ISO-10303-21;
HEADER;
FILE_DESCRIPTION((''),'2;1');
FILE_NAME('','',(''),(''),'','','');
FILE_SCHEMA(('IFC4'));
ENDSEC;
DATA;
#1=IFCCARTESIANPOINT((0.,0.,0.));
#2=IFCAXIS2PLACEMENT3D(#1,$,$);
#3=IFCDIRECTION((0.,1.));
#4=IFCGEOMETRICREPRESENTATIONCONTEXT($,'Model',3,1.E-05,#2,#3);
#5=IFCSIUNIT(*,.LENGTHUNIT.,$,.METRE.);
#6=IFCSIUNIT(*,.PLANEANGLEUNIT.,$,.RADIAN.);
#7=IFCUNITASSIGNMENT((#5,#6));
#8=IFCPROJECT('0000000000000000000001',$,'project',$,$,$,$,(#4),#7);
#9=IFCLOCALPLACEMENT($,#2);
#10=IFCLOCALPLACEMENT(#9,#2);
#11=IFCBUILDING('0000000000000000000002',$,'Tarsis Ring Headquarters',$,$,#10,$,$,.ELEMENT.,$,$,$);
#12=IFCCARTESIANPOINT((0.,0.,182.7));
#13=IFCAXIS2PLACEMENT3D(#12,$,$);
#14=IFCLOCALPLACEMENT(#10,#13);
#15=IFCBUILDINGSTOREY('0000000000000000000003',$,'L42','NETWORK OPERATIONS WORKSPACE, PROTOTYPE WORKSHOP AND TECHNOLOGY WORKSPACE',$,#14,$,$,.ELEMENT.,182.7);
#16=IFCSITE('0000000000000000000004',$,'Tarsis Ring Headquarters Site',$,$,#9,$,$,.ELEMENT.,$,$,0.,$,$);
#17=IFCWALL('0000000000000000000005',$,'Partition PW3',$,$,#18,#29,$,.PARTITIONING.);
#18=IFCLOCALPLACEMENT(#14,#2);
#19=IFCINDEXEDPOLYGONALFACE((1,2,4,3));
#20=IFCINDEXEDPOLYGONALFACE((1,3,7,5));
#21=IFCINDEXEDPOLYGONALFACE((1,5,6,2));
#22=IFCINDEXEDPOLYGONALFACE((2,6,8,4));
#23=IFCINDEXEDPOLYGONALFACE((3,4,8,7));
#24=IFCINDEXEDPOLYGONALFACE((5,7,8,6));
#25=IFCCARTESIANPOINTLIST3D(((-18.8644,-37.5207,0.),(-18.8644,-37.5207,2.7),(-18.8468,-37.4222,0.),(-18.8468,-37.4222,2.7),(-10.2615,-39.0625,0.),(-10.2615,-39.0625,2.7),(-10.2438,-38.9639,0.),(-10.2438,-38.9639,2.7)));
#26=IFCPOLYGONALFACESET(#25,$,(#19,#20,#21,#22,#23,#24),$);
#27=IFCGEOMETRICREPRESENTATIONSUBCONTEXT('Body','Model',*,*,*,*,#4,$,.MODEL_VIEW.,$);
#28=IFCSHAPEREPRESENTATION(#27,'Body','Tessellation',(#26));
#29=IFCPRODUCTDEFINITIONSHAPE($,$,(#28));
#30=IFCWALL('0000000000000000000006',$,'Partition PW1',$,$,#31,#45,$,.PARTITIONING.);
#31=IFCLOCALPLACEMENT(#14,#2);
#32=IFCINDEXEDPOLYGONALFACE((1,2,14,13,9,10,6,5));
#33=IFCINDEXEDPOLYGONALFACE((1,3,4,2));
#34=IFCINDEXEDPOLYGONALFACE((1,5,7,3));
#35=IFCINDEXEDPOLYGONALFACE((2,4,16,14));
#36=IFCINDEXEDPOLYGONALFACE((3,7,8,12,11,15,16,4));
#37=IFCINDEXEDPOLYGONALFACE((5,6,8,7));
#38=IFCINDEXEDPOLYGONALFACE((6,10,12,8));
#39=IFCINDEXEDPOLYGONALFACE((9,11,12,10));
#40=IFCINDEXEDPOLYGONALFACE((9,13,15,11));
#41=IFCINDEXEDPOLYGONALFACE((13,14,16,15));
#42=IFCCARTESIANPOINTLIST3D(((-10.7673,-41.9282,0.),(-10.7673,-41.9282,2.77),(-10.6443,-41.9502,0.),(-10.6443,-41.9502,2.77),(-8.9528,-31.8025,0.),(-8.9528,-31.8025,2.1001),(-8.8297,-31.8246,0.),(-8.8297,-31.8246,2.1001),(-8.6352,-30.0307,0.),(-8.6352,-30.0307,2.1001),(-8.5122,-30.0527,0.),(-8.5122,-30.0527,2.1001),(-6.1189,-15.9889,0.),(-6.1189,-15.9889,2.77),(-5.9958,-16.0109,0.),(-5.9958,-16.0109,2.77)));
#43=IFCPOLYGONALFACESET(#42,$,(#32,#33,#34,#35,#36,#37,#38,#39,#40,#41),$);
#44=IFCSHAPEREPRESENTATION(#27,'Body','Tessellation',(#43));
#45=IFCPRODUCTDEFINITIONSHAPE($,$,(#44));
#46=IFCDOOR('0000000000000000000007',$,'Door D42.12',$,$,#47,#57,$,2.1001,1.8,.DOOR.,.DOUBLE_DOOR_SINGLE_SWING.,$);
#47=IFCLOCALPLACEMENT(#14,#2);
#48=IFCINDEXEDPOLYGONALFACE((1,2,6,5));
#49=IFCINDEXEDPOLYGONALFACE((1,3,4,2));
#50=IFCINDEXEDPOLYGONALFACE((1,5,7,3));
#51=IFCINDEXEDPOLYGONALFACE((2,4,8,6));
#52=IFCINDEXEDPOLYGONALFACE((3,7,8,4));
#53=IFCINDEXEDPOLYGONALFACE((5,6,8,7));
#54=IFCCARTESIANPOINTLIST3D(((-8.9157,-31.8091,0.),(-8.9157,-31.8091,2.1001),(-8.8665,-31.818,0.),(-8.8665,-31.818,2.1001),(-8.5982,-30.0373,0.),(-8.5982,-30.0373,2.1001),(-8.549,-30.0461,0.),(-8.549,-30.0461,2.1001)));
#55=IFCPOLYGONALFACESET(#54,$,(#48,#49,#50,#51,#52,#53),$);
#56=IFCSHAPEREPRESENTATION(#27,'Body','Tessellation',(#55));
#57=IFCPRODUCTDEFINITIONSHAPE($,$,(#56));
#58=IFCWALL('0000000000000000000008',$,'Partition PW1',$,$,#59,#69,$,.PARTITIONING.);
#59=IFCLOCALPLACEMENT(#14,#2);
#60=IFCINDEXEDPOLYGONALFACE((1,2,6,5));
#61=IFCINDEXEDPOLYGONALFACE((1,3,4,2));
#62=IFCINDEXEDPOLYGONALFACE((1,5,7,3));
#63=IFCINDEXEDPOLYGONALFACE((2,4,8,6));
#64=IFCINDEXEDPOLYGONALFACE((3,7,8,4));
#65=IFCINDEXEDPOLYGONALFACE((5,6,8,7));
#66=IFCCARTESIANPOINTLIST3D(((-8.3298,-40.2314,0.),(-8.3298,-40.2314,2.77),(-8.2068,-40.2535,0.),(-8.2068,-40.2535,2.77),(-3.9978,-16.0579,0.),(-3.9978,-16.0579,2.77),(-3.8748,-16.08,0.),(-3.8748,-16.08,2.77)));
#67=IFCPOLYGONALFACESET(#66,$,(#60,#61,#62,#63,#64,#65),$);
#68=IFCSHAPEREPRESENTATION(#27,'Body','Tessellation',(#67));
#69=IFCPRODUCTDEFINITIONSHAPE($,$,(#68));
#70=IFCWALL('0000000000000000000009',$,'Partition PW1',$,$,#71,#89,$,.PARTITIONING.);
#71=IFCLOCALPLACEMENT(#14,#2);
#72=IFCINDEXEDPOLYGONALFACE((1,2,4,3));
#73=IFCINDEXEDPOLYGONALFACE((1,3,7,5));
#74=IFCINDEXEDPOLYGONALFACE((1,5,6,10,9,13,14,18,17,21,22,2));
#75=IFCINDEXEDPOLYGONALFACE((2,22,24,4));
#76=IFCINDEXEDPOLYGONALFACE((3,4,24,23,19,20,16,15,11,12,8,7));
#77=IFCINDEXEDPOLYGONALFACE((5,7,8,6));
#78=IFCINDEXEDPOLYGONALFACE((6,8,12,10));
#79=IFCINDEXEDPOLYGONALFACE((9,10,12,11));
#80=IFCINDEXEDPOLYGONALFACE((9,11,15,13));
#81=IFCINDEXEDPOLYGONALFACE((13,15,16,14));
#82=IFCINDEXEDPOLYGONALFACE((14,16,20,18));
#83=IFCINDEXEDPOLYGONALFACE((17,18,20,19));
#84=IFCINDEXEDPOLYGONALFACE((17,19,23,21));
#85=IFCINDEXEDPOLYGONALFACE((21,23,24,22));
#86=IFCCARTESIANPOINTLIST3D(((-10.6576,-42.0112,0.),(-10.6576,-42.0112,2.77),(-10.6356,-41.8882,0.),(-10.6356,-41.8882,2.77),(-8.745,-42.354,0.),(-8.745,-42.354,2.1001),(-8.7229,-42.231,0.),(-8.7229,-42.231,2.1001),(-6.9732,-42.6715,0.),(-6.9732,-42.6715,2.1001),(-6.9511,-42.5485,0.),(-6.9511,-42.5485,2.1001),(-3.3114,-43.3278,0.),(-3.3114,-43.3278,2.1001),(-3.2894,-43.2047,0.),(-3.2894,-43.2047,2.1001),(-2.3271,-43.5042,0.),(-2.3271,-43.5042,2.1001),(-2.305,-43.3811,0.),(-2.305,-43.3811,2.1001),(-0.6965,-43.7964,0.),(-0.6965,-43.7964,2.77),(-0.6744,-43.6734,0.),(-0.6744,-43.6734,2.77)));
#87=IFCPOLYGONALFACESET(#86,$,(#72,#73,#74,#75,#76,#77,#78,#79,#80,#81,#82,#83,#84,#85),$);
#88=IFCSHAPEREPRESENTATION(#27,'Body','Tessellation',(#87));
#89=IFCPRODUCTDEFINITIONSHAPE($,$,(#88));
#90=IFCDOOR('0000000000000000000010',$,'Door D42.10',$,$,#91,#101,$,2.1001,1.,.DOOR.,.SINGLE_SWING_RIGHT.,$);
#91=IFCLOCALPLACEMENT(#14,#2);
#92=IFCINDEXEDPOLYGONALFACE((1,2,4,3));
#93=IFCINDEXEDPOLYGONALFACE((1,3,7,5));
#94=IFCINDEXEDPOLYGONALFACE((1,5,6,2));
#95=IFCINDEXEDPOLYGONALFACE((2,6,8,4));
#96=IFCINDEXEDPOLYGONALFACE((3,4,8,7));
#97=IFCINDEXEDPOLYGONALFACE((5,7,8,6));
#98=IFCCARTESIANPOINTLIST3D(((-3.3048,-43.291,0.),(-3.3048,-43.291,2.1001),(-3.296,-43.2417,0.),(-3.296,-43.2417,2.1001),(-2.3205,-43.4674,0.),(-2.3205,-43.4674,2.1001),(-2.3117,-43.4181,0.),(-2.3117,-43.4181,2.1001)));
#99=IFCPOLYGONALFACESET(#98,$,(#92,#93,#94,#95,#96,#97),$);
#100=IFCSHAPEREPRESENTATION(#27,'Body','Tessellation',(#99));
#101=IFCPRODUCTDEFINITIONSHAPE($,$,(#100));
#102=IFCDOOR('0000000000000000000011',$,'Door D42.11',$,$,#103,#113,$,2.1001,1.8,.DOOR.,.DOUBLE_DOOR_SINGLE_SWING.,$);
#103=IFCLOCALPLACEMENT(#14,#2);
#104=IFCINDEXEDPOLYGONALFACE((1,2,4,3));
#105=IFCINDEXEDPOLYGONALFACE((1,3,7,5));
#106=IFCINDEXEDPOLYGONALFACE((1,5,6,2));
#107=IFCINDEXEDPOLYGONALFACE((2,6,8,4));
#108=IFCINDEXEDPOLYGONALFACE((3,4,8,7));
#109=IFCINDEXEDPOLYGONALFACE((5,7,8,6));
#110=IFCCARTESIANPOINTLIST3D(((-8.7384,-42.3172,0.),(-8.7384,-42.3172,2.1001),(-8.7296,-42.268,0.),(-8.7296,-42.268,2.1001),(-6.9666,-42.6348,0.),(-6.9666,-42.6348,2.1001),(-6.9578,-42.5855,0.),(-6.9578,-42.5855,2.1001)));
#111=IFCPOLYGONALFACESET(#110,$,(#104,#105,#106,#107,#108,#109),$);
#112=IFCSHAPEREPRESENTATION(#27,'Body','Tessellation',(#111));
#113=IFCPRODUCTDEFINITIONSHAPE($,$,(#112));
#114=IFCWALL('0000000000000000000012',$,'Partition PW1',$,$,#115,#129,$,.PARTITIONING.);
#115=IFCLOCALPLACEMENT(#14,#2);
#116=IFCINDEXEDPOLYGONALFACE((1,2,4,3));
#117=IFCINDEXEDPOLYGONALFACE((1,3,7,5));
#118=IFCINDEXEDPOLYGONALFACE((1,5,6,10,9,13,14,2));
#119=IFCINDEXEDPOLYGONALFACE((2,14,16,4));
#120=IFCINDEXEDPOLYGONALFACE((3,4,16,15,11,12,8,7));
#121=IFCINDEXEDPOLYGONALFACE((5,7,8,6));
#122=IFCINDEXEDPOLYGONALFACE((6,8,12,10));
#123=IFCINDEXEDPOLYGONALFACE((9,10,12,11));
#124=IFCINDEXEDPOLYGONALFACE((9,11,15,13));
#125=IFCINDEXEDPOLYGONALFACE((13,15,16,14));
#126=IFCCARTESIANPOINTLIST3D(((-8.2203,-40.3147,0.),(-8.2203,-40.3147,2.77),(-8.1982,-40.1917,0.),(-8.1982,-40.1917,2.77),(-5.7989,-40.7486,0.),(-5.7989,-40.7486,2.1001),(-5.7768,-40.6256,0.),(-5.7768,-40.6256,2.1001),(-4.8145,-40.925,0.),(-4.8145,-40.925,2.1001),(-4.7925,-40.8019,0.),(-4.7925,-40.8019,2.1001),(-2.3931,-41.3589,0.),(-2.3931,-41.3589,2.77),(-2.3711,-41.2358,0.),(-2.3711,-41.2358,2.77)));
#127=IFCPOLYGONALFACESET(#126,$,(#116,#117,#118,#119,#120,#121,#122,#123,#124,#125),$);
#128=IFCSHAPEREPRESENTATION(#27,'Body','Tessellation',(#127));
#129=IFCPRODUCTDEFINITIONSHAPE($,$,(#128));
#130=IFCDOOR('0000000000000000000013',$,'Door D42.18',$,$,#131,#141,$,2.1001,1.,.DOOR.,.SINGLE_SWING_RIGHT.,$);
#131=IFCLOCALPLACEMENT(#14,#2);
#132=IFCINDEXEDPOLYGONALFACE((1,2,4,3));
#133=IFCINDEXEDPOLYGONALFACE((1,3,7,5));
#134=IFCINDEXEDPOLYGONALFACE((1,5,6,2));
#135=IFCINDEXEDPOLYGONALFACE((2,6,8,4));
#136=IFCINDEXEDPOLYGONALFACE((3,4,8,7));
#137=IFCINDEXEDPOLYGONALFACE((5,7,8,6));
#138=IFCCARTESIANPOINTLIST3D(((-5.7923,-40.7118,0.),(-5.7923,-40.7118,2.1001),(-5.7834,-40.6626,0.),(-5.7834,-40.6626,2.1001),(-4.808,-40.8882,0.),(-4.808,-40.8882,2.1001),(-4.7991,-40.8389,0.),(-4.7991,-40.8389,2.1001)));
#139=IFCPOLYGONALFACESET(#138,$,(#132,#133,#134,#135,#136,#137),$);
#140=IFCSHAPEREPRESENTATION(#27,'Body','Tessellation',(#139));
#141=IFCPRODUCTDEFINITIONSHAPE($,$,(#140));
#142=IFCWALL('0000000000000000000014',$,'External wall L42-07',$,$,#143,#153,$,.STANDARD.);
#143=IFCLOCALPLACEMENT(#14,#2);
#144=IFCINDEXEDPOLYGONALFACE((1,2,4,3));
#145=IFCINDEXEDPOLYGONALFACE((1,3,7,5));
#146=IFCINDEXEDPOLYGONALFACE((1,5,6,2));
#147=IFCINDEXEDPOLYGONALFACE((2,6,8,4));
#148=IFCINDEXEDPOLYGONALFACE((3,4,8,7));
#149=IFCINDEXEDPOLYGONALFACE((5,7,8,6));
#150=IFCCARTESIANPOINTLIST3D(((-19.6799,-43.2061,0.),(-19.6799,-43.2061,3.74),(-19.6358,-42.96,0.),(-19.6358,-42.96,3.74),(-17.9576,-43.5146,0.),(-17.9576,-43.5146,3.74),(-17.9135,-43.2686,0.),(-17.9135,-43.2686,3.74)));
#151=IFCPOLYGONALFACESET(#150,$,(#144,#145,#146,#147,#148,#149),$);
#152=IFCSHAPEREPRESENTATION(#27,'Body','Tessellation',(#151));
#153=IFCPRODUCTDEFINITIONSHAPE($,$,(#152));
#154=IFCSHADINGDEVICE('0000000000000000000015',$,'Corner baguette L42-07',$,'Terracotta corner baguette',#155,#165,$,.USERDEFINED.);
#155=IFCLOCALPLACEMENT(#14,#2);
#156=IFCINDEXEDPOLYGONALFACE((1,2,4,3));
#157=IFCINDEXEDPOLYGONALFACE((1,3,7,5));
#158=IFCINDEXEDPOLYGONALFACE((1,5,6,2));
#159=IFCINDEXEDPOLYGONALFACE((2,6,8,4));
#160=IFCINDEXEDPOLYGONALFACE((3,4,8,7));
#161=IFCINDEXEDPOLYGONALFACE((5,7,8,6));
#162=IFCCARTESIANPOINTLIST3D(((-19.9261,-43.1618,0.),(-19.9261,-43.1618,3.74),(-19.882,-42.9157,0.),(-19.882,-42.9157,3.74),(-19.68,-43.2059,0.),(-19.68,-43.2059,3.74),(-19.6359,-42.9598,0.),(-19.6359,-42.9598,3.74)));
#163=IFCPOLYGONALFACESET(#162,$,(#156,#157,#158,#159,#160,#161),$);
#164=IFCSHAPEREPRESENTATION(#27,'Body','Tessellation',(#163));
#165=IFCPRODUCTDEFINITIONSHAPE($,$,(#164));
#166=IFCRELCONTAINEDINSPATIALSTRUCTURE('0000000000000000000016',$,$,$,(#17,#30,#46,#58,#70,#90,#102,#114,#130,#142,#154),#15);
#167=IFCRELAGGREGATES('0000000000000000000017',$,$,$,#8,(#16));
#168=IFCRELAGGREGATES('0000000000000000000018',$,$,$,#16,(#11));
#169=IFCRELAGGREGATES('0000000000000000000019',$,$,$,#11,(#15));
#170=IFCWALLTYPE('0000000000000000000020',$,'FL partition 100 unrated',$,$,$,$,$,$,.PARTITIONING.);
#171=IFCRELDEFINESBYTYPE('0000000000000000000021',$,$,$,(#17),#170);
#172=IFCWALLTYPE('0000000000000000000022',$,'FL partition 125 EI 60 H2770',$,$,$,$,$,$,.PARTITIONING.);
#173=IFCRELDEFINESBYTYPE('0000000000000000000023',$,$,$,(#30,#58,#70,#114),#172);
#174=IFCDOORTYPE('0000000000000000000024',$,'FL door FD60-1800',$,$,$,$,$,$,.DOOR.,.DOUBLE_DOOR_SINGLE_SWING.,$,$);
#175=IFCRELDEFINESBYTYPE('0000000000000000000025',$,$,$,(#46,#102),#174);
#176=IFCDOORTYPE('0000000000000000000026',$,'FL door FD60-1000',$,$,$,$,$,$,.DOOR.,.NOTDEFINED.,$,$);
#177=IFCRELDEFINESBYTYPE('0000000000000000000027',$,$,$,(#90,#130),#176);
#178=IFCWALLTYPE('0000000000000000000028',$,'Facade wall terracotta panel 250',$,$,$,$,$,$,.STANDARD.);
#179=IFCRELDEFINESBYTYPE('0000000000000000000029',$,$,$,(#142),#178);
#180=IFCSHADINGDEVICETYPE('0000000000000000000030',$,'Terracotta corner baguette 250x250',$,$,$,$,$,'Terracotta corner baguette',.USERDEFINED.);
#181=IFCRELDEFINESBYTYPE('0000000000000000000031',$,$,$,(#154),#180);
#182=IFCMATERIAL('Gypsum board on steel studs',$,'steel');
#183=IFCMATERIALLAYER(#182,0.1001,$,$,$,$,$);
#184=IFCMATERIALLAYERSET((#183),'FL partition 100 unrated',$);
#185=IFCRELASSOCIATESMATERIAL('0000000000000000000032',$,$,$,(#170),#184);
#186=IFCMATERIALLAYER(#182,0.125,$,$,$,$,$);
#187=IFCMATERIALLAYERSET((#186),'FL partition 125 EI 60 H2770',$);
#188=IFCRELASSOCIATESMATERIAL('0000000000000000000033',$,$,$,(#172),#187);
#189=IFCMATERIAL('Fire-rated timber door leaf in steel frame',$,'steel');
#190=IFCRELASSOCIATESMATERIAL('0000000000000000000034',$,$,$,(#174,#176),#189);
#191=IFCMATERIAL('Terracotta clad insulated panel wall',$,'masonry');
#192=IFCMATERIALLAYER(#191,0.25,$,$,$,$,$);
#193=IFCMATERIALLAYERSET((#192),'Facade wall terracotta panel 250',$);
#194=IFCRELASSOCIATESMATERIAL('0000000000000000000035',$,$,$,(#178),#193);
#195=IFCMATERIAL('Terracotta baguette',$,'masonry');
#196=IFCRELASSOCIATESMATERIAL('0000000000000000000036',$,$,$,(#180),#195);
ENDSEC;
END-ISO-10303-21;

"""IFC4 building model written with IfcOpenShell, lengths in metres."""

from ifc_helpers import new_model, si_unit, direction, frame, frame_2d, origin, origin_2d, place, context, subcontext, project, spatial, rectangle, extrude, material, layer, layer_set, type_object, element, fill, save


model = new_model("IFC4")

# Units and contexts
model_context = context("Model", 3, precision=1e-05, world=origin(), true_north=direction((0.0, 1.0)))
body_context = subcontext(model_context, "Body", "Model", "MODEL_VIEW")
ifc_project = project(units=[si_unit("LENGTHUNIT", "METRE"), si_unit("PLANEANGLEUNIT", "RADIAN")], contexts=[model_context])

# Site, building, storey
site_placement = place(None, origin())
site = spatial("IfcSite", under=ifc_project, at=site_placement, Name="Tarsis Ring Headquarters Site", CompositionType="ELEMENT", RefElevation=0.0)
building_placement = place(site_placement, origin())
building = spatial("IfcBuilding", under=site, at=building_placement, Name="Tarsis Ring Headquarters", CompositionType="ELEMENT")
storey_placement = place(building_placement, frame((0.0, 0.0, 182.7)))
storey = spatial("IfcBuildingStorey", under=building, at=storey_placement, Name="L42", Description="NETWORK OPERATIONS WORKSPACE, PROTOTYPE WORKSHOP AND TECHNOLOGY WORKSPACE", CompositionType="ELEMENT", Elevation=182.7)

# Wall
ifc_material_1 = material(Name="Gypsum board on steel studs", Category="steel")
ifc_layer_1 = layer(ifc_material_1, 0.1001)
ifc_layer_set_1 = layer_set([ifc_layer_1], Name="FL partition 100 unrated")
wall_type_1 = type_object("IfcWallType", Name="FL partition 100 unrated", PredefinedType="PARTITIONING", material=ifc_layer_set_1)
wall_1_placement = place(storey_placement, frame((-18.8557, -37.4714, 0.0), z_axis=(0.0, 0.0, 1.0), x_axis=(0.984319, -0.1764, 0.0)))
element("IfcWall", 1, at=wall_1_placement, inside=storey, type_object=wall_type_1, Name="Partition PW3", PredefinedType="PARTITIONING", context=body_context, shape_type="SweptSolid", body=[
    extrude(rectangle(XDim=8.74, YDim=0.1001, at=frame_2d((4.3701, 0.0))), origin(), (0.0, 0.0, 1.0), 2.7),
])

# Wall, opening, door
ifc_layer_2 = layer(ifc_material_1, 0.125)
ifc_layer_set_2 = layer_set([ifc_layer_2], Name="FL partition 125 EI 60 H2770")
wall_type_2 = type_object("IfcWallType", Name="FL partition 125 EI 60 H2770", PredefinedType="PARTITIONING", material=ifc_layer_set_2)
wall_2_placement = place(storey_placement, frame((-10.7058, -41.9392, 0.0), z_axis=(0.0, 0.0, 1.0), x_axis=(0.176395, 0.984319, 0.0)))
wall_2 = element("IfcWall", 2, at=wall_2_placement, inside=storey, type_object=wall_type_2, Name="Partition PW1", PredefinedType="PARTITIONING", context=body_context, shape_type="SweptSolid", body=[
    extrude(rectangle(XDim=26.3525, YDim=0.125, at=frame_2d((13.1763, 0.0))), origin(), (0.0, 0.0, 1.0), 2.77),
])
opening_1_placement = place(wall_2_placement, frame((10.2871, 0.0, 0.0)))
opening_1 = element("IfcOpeningElement", 3, at=opening_1_placement, cuts=wall_2, PredefinedType="OPENING", context=body_context, shape_type="SweptSolid", body=[
    extrude(rectangle(XDim=1.8, YDim=2.1001, at=frame_2d((0.8999, 1.05))), frame((0.0, 0.0725, 0.0), z_axis=(0.0, -1.0, 0.0), x_axis=(1.0, 0.0, 0.0)), (0.0, 0.0, 1.0), 0.145),
])
ifc_material_2 = material(Name="Fire-rated timber door leaf in steel frame", Category="steel")
door_type_1 = type_object("IfcDoorType", Name="FL door FD60-1800", OperationType="DOUBLE_DOOR_SINGLE_SWING", PredefinedType="DOOR", material=ifc_material_2)
door_1_placement = place(opening_1_placement, origin())
door_1 = element("IfcDoor", 4, at=door_1_placement, inside=storey, type_object=door_type_1, Name="Door D42.12", OperationType="DOUBLE_DOOR_SINGLE_SWING", OverallHeight=2.1001, OverallWidth=1.8, PredefinedType="DOOR", context=body_context, shape_type="SweptSolid", body=[
    extrude(rectangle(XDim=1.8, YDim=2.1001, at=frame_2d((0.8999, 1.05))), frame((0.0, 0.0249, 0.0), z_axis=(0.0, -1.0, 0.0), x_axis=(1.0, 0.0, 0.0)), (0.0, 0.0, 1.0), 0.05),
])
fill(opening_1, door_1)

# Wall
wall_3_placement = place(storey_placement, frame((-8.2683, -40.2424, 0.0), z_axis=(0.0, 0.0, 1.0), x_axis=(0.176395, 0.984319, 0.0)))
element("IfcWall", 5, at=wall_3_placement, inside=storey, type_object=wall_type_2, Name="Partition PW1", PredefinedType="PARTITIONING", context=body_context, shape_type="SweptSolid", body=[
    extrude(rectangle(XDim=24.5586, YDim=0.125, at=frame_2d((12.2793, 0.0))), origin(), (0.0, 0.0, 1.0), 2.77),
])

# Wall, openings, doors
wall_4_placement = place(storey_placement, frame((-10.6467, -41.9497, 0.0), z_axis=(0.0, 0.0, 1.0), x_axis=(0.984318, -0.176401, 0.0)))
wall_4 = element("IfcWall", 6, at=wall_4_placement, inside=storey, type_object=wall_type_2, Name="Partition PW1", PredefinedType="PARTITIONING", context=body_context, shape_type="SweptSolid", body=[
    extrude(rectangle(XDim=10.1199, YDim=0.125, at=frame_2d((5.0601, 0.0))), origin(), (0.0, 0.0, 1.0), 2.77),
])
opening_2_placement = place(wall_4_placement, frame((7.4634, 0.0, 0.0)))
opening_2 = element("IfcOpeningElement", 7, at=opening_2_placement, cuts=wall_4, PredefinedType="OPENING", context=body_context, shape_type="SweptSolid", body=[
    extrude(rectangle(XDim=1.0, YDim=2.1001, at=frame_2d((0.5, 1.05))), frame((0.0, 0.0725, 0.0), z_axis=(0.0, -1.0, 0.0), x_axis=(1.0, 0.0, 0.0)), (0.0, 0.0, 1.0), 0.145),
])
opening_3_placement = place(wall_4_placement, frame((1.9434, 0.0, 0.0)))
opening_3 = element("IfcOpeningElement", 8, at=opening_3_placement, cuts=wall_4, PredefinedType="OPENING", context=body_context, shape_type="SweptSolid", body=[
    extrude(rectangle(XDim=1.8, YDim=2.1001, at=frame_2d((0.8999, 1.05))), frame((0.0, 0.0725, 0.0), z_axis=(0.0, -1.0, 0.0), x_axis=(1.0, 0.0, 0.0)), (0.0, 0.0, 1.0), 0.145),
])
door_type_2 = type_object("IfcDoorType", Name="FL door FD60-1000", OperationType="NOTDEFINED", PredefinedType="DOOR", material=ifc_material_2)
door_2_placement = place(opening_2_placement, origin())
door_2 = element("IfcDoor", 9, at=door_2_placement, inside=storey, type_object=door_type_2, Name="Door D42.10", OperationType="SINGLE_SWING_RIGHT", OverallHeight=2.1001, OverallWidth=1.0, PredefinedType="DOOR", context=body_context, shape_type="SweptSolid", body=[
    extrude(rectangle(XDim=1.0, YDim=2.1001, at=frame_2d((0.5, 1.05))), frame((0.0, 0.0249, 0.0), z_axis=(0.0, -1.0, 0.0), x_axis=(1.0, 0.0, 0.0)), (0.0, 0.0, 1.0), 0.05),
])
fill(opening_2, door_2)
door_3_placement = place(opening_3_placement, origin())
door_3 = element("IfcDoor", 10, at=door_3_placement, inside=storey, type_object=door_type_1, Name="Door D42.11", OperationType="DOUBLE_DOOR_SINGLE_SWING", OverallHeight=2.1001, OverallWidth=1.8, PredefinedType="DOOR", context=body_context, shape_type="SweptSolid", body=[
    extrude(rectangle(XDim=1.8, YDim=2.1001, at=frame_2d((0.8999, 1.05))), frame((0.0, 0.0249, 0.0), z_axis=(0.0, -1.0, 0.0), x_axis=(1.0, 0.0, 0.0)), (0.0, 0.0, 1.0), 0.05),
])
fill(opening_3, door_3)

# Wall, opening, door
wall_5_placement = place(storey_placement, frame((-8.2092, -40.2532, 0.0), z_axis=(0.0, 0.0, 1.0), x_axis=(0.984321, -0.176384, 0.0)))
wall_5 = element("IfcWall", 11, at=wall_5_placement, inside=storey, type_object=wall_type_2, Name="Partition PW1", PredefinedType="PARTITIONING", context=body_context, shape_type="SweptSolid", body=[
    extrude(rectangle(XDim=5.9199, YDim=0.125, at=frame_2d((2.96, 0.0))), origin(), (0.0, 0.0, 1.0), 2.77),
])
opening_4_placement = place(wall_5_placement, frame((2.46, 0.0, 0.0)))
opening_4 = element("IfcOpeningElement", 12, at=opening_4_placement, cuts=wall_5, PredefinedType="OPENING", context=body_context, shape_type="SweptSolid", body=[
    extrude(rectangle(XDim=1.0, YDim=2.1001, at=frame_2d((0.5, 1.05))), frame((0.0, 0.0725, 0.0), z_axis=(0.0, -1.0, 0.0), x_axis=(1.0, 0.0, 0.0)), (0.0, 0.0, 1.0), 0.145),
])
door_4_placement = place(opening_4_placement, origin())
door_4 = element("IfcDoor", 13, at=door_4_placement, inside=storey, type_object=door_type_2, Name="Door D42.18", OperationType="SINGLE_SWING_RIGHT", OverallHeight=2.1001, OverallWidth=1.0, PredefinedType="DOOR", context=body_context, shape_type="SweptSolid", body=[
    extrude(rectangle(XDim=1.0, YDim=2.1001, at=frame_2d((0.5, 1.05))), frame((0.0, 0.0249, 0.0), z_axis=(0.0, -1.0, 0.0), x_axis=(1.0, 0.0, 0.0)), (0.0, 0.0, 1.0), 0.05),
])
fill(opening_4, door_4)

# Wall
ifc_material_3 = material(Name="Terracotta clad insulated panel wall", Category="masonry")
ifc_layer_3 = layer(ifc_material_3, 0.25)
ifc_layer_set_3 = layer_set([ifc_layer_3], Name="Facade wall terracotta panel 250")
wall_type_3 = type_object("IfcWallType", Name="Facade wall terracotta panel 250", PredefinedType="STANDARD", material=ifc_layer_set_3)
wall_6_placement = place(storey_placement, frame((-19.658, -43.083, 0.0), z_axis=(0.0, 0.0, 1.0), x_axis=(0.984327, -0.176356, 0.0)))
element("IfcWall", 14, at=wall_6_placement, inside=storey, type_object=wall_type_3, Name="External wall L42-07", PredefinedType="STANDARD", context=body_context, shape_type="SweptSolid", body=[
    extrude(rectangle(XDim=1.7498, YDim=0.25, at=frame_2d((0.875, 0.0))), origin(), (0.0, 0.0, 1.0), 3.74),
])

# Shading device
ifc_material_4 = material(Name="Terracotta baguette", Category="masonry")
shading_device_type_1 = type_object("IfcShadingDeviceType", Name="Terracotta corner baguette 250x250", ElementType="Terracotta corner baguette", PredefinedType="USERDEFINED", material=ifc_material_4)
for number, where, z_axis, x_axis, name in (
    (15, (-19.781, -43.0608, 0.0), (0.0, 0.0, 1.0), (-0.176398, -0.984319, 0.0), "Corner baguette L42-07"),
):
    element("IfcShadingDevice", number, at=place(storey_placement, frame(where, z_axis=z_axis, x_axis=x_axis)), inside=storey, type_object=shading_device_type_1, Name=name, ObjectType="Terracotta corner baguette", PredefinedType="USERDEFINED", context=body_context, shape_type="SweptSolid", body=[
        extrude(rectangle(XDim=0.25, YDim=0.25, at=origin_2d()), origin(), (0.0, 0.0, 1.0), 3.74),
    ])

save(model, "model.ifc")
